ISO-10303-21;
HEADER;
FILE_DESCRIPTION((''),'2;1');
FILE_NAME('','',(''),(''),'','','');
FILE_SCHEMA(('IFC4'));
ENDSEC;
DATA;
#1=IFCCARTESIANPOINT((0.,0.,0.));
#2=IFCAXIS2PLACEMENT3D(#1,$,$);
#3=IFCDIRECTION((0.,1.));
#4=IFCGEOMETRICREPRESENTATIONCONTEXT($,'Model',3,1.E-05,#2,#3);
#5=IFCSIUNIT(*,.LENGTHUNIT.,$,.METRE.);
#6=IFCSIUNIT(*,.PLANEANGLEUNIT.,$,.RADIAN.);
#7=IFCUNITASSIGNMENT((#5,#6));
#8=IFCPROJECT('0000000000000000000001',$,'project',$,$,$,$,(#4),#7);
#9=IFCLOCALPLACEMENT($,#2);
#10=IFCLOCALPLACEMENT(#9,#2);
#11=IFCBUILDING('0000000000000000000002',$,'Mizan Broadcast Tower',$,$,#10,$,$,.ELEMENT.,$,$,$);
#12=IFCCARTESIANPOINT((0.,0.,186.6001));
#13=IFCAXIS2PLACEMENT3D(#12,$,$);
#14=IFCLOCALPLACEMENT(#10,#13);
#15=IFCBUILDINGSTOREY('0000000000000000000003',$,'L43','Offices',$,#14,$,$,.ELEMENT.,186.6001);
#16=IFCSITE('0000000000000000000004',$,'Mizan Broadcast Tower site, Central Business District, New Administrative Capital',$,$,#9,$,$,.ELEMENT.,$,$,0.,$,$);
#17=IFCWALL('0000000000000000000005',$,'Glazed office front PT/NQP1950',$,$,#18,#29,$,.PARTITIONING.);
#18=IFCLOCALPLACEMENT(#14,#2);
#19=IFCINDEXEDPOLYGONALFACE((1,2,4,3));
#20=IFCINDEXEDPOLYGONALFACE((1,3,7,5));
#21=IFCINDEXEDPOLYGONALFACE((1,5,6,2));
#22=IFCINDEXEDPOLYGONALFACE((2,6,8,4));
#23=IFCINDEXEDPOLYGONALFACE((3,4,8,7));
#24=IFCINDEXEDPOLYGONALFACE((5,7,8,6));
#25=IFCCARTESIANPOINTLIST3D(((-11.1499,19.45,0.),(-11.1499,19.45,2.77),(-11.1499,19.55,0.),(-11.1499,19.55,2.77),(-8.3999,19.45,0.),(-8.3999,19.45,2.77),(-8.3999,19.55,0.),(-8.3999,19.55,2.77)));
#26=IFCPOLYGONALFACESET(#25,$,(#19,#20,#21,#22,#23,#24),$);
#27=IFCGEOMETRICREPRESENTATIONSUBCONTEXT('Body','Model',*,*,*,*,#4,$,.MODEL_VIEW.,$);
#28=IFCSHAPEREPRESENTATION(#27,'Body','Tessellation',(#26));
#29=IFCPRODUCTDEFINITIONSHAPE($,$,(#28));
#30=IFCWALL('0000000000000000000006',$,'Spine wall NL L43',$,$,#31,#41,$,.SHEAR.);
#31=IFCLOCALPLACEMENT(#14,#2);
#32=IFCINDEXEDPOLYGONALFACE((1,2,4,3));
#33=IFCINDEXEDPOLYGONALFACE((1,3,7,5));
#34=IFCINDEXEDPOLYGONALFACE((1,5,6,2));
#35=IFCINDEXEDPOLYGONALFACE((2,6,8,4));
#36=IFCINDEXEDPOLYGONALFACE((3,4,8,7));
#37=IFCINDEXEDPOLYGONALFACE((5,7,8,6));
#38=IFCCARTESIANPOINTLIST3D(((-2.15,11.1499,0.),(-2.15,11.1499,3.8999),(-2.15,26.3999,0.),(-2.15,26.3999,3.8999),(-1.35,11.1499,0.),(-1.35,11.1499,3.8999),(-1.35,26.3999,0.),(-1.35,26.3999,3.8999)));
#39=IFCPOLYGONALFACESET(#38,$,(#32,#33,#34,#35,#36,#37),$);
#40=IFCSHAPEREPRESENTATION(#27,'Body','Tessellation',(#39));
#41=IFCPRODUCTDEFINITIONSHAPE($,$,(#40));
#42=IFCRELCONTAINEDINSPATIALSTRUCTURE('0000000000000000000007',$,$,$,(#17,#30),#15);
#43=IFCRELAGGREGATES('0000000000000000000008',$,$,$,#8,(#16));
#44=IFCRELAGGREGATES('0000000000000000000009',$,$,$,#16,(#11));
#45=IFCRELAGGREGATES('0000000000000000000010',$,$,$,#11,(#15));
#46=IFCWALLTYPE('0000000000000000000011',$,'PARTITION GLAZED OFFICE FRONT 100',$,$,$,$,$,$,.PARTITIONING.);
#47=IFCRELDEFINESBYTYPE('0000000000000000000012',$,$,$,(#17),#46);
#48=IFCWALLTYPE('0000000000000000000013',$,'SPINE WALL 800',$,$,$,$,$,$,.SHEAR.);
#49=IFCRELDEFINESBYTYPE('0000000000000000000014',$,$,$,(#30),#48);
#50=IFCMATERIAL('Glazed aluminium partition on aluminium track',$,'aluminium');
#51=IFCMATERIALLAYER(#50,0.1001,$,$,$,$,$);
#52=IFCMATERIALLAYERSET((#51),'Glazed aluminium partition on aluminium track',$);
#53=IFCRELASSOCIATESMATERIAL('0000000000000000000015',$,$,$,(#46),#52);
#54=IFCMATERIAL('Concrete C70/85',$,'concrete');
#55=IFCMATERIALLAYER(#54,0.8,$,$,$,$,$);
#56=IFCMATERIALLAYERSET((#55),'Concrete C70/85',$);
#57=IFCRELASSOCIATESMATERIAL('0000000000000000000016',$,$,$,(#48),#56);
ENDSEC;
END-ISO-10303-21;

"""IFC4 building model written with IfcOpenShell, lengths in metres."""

from ifc_helpers import new_model, si_unit, direction, frame, frame_2d, origin, place, context, subcontext, project, spatial, rectangle, extrude, material, layer, layer_set, type_object, element, save


model = new_model("IFC4")

# Units and contexts
model_context = context("Model", 3, precision=1e-05, world=origin(), true_north=direction((0.0, 1.0)))
body_context = subcontext(model_context, "Body", "Model", "MODEL_VIEW")
ifc_project = project(units=[si_unit("LENGTHUNIT", "METRE"), si_unit("PLANEANGLEUNIT", "RADIAN")], contexts=[model_context])

# Site, building, storey
site_placement = place(None, origin())
site = spatial("IfcSite", under=ifc_project, at=site_placement, Name="Mizan Broadcast Tower site, Central Business District, New Administrative Capital", CompositionType="ELEMENT", RefElevation=0.0)
building_placement = place(site_placement, origin())
building = spatial("IfcBuilding", under=site, at=building_placement, Name="Mizan Broadcast Tower", CompositionType="ELEMENT")
storey_placement = place(building_placement, frame((0.0, 0.0, 186.6001)))
storey = spatial("IfcBuildingStorey", under=building, at=storey_placement, Name="L43", Description="Offices", CompositionType="ELEMENT", Elevation=186.6001)

# Shared definitions
ifc_material_1 = material(Name="Glazed aluminium partition on aluminium track", Category="aluminium")
ifc_layer_1 = layer(ifc_material_1, 0.1001)
ifc_layer_set_1 = layer_set([ifc_layer_1], Name="Glazed aluminium partition on aluminium track")
wall_type_1 = type_object("IfcWallType", Name="PARTITION GLAZED OFFICE FRONT 100", PredefinedType="PARTITIONING", material=ifc_layer_set_1)

# Walls
wall_1_placement = place(storey_placement, frame((-8.3999, 19.5, 0.0), z_axis=(0.0, 0.0, 1.0), x_axis=(-1.0, 0.0, 0.0)))
element("IfcWall", 1, at=wall_1_placement, inside=storey, type_object=wall_type_1, Name="Glazed office front PT/NQP1950", PredefinedType="PARTITIONING", context=body_context, shape_type="SweptSolid", body=[
    extrude(rectangle(XDim=2.75, YDim=0.1001, at=frame_2d((1.375, 0.0))), origin(), (0.0, 0.0, 1.0), 2.77),
])
ifc_material_2 = material(Name="Concrete C70/85", Category="concrete")
ifc_layer_2 = layer(ifc_material_2, 0.8)
ifc_layer_set_2 = layer_set([ifc_layer_2], Name="Concrete C70/85")
wall_type_2 = type_object("IfcWallType", Name="SPINE WALL 800", PredefinedType="SHEAR", material=ifc_layer_set_2)
wall_2_placement = place(storey_placement, frame((-1.75, 11.1499, 0.0), z_axis=(0.0, 0.0, 1.0), x_axis=(0.0, 1.0, 0.0)))
element("IfcWall", 2, at=wall_2_placement, inside=storey, type_object=wall_type_2, Name="Spine wall NL L43", PredefinedType="SHEAR", context=body_context, shape_type="SweptSolid", body=[
    extrude(rectangle(XDim=15.25, YDim=0.8, at=frame_2d((7.625, 0.0))), origin(), (0.0, 0.0, 1.0), 3.8999),
])

save(model, "model.ifc")
